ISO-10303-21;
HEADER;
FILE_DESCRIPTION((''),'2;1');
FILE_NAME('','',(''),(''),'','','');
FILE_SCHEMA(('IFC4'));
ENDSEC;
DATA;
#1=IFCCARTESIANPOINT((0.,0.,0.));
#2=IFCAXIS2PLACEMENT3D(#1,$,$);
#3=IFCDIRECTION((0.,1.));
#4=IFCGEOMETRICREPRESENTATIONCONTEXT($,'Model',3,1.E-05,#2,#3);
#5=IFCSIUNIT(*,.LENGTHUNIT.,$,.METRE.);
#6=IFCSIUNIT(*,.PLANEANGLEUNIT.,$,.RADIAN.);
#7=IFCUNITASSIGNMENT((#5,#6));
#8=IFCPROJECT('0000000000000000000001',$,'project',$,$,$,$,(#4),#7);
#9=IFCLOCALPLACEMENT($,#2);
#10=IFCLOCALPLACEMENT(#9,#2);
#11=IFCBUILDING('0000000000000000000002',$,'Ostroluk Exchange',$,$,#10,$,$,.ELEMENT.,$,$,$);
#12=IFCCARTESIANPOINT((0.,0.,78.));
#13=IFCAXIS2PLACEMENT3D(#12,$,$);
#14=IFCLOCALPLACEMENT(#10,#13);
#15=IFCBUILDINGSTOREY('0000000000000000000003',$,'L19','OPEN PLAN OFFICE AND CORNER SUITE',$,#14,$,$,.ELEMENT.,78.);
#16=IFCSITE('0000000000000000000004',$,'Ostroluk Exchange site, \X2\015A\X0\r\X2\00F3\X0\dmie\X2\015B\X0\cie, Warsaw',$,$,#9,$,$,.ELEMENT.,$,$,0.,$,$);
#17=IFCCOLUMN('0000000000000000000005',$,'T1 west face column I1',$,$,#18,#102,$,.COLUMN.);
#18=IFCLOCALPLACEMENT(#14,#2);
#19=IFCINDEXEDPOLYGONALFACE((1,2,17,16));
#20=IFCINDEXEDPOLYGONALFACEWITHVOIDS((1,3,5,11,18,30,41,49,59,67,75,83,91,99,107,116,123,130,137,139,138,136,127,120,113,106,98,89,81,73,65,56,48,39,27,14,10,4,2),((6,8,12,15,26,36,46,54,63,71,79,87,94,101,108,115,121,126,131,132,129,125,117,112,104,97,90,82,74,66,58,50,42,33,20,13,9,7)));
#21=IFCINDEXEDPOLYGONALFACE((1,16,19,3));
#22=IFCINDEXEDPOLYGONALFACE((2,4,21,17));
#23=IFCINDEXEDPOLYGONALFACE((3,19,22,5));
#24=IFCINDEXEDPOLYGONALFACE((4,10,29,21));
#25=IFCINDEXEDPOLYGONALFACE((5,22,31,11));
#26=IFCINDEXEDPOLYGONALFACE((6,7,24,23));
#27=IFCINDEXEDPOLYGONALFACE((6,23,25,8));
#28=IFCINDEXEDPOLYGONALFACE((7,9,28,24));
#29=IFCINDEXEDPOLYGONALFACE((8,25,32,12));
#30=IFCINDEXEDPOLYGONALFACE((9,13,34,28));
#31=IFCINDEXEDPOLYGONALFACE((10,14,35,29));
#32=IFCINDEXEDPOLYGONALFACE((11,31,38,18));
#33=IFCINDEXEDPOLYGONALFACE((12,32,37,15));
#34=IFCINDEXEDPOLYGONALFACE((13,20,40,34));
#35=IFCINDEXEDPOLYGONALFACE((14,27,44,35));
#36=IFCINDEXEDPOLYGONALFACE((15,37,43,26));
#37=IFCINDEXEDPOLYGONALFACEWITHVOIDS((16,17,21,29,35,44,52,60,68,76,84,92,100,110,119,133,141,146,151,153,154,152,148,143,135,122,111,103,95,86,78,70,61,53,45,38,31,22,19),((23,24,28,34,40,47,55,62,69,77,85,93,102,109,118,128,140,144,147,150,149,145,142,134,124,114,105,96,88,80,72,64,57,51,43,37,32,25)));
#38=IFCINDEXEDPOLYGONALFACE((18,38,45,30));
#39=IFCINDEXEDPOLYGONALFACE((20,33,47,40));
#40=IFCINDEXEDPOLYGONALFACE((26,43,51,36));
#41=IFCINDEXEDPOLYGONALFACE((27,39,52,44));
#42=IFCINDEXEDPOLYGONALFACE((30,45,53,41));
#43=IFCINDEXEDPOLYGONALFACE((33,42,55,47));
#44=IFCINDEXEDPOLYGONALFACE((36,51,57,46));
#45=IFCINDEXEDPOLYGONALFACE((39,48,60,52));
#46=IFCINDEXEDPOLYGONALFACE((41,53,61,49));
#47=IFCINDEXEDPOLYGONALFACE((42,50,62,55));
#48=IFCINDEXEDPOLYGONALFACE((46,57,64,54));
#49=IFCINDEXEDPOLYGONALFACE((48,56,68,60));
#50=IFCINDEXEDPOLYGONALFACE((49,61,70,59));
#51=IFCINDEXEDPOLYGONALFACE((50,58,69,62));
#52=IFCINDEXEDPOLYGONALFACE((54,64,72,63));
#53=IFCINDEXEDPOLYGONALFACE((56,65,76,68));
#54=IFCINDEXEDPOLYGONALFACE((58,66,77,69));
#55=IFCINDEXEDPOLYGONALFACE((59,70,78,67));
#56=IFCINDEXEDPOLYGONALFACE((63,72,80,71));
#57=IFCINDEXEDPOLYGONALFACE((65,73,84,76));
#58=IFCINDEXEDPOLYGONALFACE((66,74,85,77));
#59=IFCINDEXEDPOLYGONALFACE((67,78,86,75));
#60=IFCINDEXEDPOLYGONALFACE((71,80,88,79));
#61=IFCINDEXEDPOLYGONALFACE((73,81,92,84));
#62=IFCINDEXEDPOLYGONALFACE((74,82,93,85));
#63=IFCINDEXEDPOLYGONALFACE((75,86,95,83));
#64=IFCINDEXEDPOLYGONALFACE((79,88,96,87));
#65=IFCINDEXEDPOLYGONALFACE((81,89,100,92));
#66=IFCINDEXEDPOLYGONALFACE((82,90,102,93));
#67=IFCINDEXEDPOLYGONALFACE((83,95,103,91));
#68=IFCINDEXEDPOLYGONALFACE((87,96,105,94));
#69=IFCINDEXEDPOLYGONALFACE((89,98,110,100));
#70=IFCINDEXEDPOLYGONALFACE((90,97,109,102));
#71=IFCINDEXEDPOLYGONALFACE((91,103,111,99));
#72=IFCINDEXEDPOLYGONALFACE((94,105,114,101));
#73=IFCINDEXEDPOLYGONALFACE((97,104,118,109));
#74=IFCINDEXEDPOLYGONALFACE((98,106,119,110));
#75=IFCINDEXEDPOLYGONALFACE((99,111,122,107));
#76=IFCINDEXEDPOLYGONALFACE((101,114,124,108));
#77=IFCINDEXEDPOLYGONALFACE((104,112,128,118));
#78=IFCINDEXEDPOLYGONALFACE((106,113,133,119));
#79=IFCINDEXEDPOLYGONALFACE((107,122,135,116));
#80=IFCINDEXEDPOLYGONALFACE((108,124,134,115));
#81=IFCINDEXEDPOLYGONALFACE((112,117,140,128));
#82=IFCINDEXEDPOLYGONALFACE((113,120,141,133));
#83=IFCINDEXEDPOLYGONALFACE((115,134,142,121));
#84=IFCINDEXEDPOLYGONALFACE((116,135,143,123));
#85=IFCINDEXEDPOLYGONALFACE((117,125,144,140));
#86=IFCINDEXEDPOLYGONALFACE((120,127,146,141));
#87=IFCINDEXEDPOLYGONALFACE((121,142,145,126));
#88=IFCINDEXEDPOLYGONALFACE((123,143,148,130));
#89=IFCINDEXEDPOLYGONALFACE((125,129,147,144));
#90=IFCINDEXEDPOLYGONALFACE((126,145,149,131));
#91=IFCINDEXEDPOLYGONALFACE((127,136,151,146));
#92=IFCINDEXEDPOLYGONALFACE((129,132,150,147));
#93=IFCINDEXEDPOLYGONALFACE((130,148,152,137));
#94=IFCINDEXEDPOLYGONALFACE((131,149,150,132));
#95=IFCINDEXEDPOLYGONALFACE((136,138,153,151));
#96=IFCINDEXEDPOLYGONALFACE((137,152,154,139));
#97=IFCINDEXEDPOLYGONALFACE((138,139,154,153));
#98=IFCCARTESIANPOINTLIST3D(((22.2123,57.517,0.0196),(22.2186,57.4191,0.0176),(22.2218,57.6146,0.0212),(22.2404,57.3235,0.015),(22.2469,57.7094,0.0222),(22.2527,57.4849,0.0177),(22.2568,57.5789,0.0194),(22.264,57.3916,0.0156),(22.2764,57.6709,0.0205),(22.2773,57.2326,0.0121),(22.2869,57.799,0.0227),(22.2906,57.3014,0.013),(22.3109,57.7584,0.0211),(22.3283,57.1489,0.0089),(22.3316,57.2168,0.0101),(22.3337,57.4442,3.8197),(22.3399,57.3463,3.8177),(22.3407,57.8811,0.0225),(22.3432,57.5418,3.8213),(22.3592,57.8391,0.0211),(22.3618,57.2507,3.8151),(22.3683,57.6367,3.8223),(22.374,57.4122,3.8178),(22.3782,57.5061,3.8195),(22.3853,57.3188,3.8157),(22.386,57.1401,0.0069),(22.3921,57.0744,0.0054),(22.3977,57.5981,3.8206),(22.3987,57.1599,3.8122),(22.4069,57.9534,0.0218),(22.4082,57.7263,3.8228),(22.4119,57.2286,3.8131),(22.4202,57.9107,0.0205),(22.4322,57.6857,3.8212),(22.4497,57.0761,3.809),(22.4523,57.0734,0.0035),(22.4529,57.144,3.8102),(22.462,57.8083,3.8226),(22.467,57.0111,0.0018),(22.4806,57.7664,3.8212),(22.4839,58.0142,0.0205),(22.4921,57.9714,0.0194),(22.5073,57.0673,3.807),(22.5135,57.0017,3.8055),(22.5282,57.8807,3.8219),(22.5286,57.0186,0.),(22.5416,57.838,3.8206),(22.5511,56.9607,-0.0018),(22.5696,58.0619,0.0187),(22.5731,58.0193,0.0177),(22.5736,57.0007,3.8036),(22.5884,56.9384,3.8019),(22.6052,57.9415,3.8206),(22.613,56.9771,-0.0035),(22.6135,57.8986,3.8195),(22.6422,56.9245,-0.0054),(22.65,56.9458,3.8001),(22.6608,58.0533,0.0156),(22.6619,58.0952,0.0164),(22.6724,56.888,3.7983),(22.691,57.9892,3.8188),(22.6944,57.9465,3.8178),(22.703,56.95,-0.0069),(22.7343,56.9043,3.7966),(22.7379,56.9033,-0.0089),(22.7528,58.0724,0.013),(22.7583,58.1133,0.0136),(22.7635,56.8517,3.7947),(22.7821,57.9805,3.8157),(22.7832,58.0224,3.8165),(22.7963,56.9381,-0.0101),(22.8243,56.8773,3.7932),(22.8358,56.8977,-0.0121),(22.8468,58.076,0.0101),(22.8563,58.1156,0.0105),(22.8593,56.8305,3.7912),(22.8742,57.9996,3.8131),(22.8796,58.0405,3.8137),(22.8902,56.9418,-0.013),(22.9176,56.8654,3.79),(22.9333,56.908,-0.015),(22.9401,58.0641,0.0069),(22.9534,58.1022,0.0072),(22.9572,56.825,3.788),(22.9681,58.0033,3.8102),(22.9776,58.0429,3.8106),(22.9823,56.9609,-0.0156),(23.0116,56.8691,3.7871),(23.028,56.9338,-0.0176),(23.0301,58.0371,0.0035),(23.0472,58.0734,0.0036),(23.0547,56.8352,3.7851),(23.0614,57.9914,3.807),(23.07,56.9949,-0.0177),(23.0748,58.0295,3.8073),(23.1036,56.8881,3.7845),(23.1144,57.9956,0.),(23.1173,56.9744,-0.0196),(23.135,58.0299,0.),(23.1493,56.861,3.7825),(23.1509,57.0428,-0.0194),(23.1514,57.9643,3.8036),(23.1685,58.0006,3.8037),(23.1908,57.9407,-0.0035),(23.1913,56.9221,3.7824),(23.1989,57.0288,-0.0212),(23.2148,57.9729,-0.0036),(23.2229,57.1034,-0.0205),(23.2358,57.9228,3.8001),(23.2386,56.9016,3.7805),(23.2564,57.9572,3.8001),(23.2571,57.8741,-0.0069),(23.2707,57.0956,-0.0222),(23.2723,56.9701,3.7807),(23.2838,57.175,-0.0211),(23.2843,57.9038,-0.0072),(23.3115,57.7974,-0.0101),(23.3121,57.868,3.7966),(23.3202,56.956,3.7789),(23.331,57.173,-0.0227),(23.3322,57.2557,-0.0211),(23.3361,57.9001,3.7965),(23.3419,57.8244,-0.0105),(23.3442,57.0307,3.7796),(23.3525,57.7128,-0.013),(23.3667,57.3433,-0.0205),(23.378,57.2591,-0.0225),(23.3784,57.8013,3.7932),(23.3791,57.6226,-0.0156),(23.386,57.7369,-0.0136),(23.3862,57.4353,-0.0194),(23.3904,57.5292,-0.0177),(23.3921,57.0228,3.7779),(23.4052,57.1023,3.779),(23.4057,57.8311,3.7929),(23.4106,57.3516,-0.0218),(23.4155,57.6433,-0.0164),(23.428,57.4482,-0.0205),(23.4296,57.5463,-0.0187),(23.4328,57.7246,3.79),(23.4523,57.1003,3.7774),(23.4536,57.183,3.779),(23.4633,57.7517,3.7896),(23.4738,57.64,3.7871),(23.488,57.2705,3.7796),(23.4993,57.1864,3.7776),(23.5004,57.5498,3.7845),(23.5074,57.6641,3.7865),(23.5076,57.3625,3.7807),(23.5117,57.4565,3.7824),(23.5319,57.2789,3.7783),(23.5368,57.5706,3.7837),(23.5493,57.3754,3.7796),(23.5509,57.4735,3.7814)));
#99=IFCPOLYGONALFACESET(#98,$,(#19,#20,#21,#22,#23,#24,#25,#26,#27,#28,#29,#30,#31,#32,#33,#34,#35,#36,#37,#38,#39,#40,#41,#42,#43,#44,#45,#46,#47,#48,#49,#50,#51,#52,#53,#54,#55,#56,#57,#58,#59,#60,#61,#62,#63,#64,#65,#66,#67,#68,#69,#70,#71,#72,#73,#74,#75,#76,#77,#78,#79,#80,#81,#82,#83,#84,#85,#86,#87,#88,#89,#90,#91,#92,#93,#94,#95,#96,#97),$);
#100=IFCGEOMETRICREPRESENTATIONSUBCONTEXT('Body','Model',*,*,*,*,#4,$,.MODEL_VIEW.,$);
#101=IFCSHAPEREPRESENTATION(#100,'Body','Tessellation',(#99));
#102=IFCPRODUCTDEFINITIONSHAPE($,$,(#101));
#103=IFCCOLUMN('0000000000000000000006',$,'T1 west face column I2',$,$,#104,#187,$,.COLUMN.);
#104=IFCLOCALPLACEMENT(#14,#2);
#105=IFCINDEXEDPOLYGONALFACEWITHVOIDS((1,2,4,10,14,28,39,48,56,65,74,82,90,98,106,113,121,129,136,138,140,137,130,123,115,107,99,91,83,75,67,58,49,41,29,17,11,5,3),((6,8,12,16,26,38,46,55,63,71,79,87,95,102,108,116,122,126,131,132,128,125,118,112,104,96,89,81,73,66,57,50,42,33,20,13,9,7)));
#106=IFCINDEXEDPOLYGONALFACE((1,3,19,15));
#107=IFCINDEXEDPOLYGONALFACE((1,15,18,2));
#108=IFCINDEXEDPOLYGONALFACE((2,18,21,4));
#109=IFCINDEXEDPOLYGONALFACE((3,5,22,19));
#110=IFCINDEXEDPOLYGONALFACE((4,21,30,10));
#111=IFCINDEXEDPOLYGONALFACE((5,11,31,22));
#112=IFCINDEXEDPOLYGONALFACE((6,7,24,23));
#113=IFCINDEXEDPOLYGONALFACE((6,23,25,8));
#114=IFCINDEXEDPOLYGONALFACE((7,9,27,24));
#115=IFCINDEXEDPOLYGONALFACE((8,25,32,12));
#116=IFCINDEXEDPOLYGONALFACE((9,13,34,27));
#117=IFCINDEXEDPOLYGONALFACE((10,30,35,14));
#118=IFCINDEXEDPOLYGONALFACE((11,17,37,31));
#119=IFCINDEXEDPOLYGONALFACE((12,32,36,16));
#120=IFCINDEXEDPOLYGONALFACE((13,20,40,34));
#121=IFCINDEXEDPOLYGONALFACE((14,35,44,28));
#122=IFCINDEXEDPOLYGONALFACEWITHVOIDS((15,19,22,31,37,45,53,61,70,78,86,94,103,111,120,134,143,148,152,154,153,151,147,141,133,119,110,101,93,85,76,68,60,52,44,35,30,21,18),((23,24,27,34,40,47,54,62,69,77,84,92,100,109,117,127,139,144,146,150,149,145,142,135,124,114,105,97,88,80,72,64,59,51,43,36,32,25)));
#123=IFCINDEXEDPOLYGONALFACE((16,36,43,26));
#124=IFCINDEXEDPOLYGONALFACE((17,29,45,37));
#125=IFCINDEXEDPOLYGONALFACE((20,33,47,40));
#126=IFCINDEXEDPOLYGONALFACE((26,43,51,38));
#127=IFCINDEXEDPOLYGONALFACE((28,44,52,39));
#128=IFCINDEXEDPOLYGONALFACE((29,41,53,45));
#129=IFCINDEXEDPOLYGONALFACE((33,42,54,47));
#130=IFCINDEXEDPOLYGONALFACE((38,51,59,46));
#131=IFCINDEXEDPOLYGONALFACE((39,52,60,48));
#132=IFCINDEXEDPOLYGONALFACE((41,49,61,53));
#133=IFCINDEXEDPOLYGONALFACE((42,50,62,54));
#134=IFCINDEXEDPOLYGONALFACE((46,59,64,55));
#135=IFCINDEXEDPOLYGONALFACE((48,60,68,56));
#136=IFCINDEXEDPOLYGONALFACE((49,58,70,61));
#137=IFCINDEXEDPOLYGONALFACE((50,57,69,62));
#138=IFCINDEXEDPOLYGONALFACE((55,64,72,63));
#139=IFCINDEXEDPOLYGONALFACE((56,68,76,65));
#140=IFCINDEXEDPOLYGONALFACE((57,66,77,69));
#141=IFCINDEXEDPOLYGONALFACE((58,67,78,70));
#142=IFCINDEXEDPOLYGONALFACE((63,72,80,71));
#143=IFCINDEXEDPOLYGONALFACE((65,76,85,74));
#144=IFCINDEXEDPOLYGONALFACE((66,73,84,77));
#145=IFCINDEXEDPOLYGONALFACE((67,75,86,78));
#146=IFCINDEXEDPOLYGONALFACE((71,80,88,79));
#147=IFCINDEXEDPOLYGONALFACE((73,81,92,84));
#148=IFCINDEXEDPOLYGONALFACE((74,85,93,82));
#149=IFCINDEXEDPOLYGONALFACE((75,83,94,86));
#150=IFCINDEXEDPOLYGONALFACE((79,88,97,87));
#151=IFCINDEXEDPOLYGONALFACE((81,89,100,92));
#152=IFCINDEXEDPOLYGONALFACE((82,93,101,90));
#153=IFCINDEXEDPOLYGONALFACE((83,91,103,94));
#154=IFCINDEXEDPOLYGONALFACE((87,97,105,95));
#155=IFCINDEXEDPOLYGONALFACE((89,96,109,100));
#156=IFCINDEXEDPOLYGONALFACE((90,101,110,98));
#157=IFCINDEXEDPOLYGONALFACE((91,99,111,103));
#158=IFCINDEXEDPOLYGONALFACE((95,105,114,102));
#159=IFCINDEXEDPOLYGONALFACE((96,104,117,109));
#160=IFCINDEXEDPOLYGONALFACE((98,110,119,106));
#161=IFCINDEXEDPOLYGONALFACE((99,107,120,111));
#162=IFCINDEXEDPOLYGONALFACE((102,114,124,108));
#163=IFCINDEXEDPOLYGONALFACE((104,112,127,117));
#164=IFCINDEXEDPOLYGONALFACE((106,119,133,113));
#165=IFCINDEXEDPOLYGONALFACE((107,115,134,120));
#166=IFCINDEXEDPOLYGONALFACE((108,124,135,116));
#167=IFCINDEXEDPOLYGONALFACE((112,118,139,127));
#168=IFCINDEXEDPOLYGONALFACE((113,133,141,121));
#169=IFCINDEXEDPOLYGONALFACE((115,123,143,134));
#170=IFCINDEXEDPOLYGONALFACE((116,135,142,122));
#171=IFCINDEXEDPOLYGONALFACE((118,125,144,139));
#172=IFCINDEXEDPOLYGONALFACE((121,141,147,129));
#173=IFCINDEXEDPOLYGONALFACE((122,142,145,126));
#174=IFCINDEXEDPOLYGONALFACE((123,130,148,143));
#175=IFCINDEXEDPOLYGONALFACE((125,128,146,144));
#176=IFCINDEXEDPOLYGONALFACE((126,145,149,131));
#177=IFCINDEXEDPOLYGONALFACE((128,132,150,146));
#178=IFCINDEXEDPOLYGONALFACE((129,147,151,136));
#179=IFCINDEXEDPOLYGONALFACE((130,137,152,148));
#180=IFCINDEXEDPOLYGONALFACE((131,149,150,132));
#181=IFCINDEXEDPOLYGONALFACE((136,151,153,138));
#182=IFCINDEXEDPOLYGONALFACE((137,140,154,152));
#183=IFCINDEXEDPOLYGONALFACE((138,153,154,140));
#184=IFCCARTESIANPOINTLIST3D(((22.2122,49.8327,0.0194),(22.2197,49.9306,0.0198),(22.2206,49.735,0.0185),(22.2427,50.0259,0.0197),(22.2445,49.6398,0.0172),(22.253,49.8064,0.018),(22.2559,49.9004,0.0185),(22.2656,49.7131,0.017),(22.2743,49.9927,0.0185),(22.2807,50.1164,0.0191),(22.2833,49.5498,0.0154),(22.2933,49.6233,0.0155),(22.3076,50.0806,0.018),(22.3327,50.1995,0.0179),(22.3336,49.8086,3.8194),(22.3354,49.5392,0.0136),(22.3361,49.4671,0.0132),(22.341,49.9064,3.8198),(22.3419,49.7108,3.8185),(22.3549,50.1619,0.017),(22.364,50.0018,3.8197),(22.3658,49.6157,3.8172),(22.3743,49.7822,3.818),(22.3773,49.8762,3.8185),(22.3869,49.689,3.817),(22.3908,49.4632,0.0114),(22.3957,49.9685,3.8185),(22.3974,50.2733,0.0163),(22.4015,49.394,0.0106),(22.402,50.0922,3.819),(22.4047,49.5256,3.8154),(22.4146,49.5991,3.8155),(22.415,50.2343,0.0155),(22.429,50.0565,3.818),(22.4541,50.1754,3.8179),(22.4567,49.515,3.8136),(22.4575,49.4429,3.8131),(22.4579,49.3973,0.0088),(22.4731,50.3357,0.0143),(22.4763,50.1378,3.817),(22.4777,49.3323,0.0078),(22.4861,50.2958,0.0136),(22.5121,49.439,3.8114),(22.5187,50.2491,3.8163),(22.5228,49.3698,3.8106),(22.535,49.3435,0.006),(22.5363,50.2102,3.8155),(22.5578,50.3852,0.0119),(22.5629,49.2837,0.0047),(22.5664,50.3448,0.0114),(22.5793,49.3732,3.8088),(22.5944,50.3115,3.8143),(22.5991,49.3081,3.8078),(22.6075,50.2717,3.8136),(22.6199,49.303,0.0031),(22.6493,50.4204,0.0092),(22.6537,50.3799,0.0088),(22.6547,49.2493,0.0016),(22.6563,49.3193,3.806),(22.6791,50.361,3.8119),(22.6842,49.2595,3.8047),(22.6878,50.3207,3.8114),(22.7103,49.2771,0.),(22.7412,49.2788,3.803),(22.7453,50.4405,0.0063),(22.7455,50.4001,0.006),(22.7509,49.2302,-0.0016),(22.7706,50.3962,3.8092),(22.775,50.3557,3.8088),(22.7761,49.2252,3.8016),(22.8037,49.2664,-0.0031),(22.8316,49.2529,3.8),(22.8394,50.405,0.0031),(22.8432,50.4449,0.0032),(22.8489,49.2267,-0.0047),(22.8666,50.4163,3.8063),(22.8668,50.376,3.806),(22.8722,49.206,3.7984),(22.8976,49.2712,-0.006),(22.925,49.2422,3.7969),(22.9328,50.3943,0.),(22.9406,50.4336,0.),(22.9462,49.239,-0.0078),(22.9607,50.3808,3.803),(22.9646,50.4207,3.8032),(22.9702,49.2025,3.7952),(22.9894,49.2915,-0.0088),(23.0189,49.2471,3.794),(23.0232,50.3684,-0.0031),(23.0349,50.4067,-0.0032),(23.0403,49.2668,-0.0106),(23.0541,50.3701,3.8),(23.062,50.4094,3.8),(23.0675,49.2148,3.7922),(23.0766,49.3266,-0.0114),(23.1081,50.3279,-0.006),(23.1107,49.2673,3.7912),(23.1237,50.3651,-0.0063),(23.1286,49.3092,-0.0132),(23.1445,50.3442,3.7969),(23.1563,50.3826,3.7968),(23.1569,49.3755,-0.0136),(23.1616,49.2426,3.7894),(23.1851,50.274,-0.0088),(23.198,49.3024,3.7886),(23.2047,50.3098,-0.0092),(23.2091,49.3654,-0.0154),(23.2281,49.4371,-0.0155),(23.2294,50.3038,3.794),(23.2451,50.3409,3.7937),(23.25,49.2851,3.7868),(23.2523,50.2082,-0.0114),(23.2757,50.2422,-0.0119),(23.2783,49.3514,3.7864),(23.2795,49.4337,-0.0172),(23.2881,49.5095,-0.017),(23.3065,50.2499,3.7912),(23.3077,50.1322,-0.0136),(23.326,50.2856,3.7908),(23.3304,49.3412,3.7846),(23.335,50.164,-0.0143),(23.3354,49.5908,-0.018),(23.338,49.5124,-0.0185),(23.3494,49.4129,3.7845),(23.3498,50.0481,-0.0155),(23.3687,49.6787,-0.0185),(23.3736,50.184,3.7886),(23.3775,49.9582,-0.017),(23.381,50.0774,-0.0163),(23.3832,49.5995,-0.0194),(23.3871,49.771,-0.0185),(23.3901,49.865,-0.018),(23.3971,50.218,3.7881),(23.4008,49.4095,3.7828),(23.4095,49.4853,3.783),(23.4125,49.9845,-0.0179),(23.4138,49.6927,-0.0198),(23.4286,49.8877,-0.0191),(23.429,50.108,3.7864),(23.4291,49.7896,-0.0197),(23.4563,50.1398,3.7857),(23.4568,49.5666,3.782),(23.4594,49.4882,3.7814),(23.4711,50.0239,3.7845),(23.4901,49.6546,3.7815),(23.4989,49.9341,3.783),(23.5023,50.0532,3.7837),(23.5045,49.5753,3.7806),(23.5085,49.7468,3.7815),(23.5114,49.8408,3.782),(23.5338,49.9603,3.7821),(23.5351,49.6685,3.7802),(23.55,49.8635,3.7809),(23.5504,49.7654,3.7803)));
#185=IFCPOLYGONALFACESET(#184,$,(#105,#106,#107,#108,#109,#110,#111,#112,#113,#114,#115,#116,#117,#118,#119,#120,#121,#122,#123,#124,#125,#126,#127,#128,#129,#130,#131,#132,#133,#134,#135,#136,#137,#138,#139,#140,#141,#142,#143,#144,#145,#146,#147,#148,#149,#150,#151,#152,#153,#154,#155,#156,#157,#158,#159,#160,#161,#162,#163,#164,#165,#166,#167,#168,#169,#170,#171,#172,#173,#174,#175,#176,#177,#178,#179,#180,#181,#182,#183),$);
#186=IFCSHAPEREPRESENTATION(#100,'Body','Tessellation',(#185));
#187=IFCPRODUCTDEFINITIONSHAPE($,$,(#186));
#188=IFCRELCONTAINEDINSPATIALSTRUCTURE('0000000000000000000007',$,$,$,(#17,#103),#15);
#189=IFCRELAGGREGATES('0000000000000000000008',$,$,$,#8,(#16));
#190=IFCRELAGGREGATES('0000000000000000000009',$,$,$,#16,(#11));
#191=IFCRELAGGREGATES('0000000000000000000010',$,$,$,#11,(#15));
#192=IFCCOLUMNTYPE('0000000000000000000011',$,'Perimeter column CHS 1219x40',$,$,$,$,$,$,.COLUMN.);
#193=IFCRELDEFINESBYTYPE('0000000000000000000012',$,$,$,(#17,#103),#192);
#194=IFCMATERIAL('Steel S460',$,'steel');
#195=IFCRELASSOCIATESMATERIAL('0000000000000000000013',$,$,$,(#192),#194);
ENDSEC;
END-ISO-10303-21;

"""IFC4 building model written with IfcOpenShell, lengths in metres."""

from ifc_helpers import new_model, si_unit, direction, frame, origin, origin_2d, place, context, subcontext, project, spatial, hollow_circle, extrude, material, material_profile, profile_set, type_object, element, save


model = new_model("IFC4")

# Units and contexts
model_context = context("Model", 3, precision=1e-05, world=origin(), true_north=direction((0.0, 1.0)))
body_context = subcontext(model_context, "Body", "Model", "MODEL_VIEW")
ifc_project = project(units=[si_unit("LENGTHUNIT", "METRE"), si_unit("PLANEANGLEUNIT", "RADIAN")], contexts=[model_context])

# Site, building, storey
site_placement = place(None, origin())
site = spatial("IfcSite", under=ifc_project, at=site_placement, Name="Ostroluk Exchange site, Śródmieście, Warsaw", CompositionType="ELEMENT", RefElevation=0.0)
building_placement = place(site_placement, origin())
building = spatial("IfcBuilding", under=site, at=building_placement, Name="Ostroluk Exchange", CompositionType="ELEMENT")
storey_placement = place(building_placement, frame((0.0, 0.0, 78.0)))
storey = spatial("IfcBuildingStorey", under=building, at=storey_placement, Name="L19", Description="OPEN PLAN OFFICE AND CORNER SUITE", CompositionType="ELEMENT", Elevation=78.0)

# Columns
ifc_material_1 = material(Name="Steel S460", Category="steel")
ifc_material_profile_1 = material_profile(ifc_material_1, hollow_circle(Radius=0.6096, WallThickness=0.04, at=origin_2d()), Name="CHS 1219x40")
ifc_profile_set_1 = profile_set([ifc_material_profile_1], Name="Steel S460")
column_type = type_object("IfcColumnType", Name="Perimeter column CHS 1219x40", PredefinedType="COLUMN", material=ifc_profile_set_1)
column_1_placement = place(storey_placement, frame((22.8215, 57.5071, 0.0), z_axis=(0.031909, -0.019132, 0.999308), x_axis=(0.514242, 0.857645, 0.0)))
element("IfcColumn", 1, at=column_1_placement, inside=storey, type_object=column_type, Name="T1 west face column I1", PredefinedType="COLUMN", context=body_context, shape_type="SweptSolid", body=[
    extrude(hollow_circle(Radius=0.6096, WallThickness=0.04, at=origin_2d()), origin(), (0.0, 0.0, 1.0), 3.8027),
])
column_2_placement = place(storey_placement, frame((22.8215, 49.8357, 0.0), z_axis=(0.031914, -0.006357, 0.99947), x_axis=(0.195357, 0.980732, 0.0)))
element("IfcColumn", 2, at=column_2_placement, inside=storey, type_object=column_type, Name="T1 west face column I2", PredefinedType="COLUMN", context=body_context, shape_type="SweptSolid", body=[
    extrude(hollow_circle(Radius=0.6096, WallThickness=0.04, at=origin_2d()), origin(), (0.0, 0.0, 1.0), 3.802),
])

save(model, "model.ifc")
